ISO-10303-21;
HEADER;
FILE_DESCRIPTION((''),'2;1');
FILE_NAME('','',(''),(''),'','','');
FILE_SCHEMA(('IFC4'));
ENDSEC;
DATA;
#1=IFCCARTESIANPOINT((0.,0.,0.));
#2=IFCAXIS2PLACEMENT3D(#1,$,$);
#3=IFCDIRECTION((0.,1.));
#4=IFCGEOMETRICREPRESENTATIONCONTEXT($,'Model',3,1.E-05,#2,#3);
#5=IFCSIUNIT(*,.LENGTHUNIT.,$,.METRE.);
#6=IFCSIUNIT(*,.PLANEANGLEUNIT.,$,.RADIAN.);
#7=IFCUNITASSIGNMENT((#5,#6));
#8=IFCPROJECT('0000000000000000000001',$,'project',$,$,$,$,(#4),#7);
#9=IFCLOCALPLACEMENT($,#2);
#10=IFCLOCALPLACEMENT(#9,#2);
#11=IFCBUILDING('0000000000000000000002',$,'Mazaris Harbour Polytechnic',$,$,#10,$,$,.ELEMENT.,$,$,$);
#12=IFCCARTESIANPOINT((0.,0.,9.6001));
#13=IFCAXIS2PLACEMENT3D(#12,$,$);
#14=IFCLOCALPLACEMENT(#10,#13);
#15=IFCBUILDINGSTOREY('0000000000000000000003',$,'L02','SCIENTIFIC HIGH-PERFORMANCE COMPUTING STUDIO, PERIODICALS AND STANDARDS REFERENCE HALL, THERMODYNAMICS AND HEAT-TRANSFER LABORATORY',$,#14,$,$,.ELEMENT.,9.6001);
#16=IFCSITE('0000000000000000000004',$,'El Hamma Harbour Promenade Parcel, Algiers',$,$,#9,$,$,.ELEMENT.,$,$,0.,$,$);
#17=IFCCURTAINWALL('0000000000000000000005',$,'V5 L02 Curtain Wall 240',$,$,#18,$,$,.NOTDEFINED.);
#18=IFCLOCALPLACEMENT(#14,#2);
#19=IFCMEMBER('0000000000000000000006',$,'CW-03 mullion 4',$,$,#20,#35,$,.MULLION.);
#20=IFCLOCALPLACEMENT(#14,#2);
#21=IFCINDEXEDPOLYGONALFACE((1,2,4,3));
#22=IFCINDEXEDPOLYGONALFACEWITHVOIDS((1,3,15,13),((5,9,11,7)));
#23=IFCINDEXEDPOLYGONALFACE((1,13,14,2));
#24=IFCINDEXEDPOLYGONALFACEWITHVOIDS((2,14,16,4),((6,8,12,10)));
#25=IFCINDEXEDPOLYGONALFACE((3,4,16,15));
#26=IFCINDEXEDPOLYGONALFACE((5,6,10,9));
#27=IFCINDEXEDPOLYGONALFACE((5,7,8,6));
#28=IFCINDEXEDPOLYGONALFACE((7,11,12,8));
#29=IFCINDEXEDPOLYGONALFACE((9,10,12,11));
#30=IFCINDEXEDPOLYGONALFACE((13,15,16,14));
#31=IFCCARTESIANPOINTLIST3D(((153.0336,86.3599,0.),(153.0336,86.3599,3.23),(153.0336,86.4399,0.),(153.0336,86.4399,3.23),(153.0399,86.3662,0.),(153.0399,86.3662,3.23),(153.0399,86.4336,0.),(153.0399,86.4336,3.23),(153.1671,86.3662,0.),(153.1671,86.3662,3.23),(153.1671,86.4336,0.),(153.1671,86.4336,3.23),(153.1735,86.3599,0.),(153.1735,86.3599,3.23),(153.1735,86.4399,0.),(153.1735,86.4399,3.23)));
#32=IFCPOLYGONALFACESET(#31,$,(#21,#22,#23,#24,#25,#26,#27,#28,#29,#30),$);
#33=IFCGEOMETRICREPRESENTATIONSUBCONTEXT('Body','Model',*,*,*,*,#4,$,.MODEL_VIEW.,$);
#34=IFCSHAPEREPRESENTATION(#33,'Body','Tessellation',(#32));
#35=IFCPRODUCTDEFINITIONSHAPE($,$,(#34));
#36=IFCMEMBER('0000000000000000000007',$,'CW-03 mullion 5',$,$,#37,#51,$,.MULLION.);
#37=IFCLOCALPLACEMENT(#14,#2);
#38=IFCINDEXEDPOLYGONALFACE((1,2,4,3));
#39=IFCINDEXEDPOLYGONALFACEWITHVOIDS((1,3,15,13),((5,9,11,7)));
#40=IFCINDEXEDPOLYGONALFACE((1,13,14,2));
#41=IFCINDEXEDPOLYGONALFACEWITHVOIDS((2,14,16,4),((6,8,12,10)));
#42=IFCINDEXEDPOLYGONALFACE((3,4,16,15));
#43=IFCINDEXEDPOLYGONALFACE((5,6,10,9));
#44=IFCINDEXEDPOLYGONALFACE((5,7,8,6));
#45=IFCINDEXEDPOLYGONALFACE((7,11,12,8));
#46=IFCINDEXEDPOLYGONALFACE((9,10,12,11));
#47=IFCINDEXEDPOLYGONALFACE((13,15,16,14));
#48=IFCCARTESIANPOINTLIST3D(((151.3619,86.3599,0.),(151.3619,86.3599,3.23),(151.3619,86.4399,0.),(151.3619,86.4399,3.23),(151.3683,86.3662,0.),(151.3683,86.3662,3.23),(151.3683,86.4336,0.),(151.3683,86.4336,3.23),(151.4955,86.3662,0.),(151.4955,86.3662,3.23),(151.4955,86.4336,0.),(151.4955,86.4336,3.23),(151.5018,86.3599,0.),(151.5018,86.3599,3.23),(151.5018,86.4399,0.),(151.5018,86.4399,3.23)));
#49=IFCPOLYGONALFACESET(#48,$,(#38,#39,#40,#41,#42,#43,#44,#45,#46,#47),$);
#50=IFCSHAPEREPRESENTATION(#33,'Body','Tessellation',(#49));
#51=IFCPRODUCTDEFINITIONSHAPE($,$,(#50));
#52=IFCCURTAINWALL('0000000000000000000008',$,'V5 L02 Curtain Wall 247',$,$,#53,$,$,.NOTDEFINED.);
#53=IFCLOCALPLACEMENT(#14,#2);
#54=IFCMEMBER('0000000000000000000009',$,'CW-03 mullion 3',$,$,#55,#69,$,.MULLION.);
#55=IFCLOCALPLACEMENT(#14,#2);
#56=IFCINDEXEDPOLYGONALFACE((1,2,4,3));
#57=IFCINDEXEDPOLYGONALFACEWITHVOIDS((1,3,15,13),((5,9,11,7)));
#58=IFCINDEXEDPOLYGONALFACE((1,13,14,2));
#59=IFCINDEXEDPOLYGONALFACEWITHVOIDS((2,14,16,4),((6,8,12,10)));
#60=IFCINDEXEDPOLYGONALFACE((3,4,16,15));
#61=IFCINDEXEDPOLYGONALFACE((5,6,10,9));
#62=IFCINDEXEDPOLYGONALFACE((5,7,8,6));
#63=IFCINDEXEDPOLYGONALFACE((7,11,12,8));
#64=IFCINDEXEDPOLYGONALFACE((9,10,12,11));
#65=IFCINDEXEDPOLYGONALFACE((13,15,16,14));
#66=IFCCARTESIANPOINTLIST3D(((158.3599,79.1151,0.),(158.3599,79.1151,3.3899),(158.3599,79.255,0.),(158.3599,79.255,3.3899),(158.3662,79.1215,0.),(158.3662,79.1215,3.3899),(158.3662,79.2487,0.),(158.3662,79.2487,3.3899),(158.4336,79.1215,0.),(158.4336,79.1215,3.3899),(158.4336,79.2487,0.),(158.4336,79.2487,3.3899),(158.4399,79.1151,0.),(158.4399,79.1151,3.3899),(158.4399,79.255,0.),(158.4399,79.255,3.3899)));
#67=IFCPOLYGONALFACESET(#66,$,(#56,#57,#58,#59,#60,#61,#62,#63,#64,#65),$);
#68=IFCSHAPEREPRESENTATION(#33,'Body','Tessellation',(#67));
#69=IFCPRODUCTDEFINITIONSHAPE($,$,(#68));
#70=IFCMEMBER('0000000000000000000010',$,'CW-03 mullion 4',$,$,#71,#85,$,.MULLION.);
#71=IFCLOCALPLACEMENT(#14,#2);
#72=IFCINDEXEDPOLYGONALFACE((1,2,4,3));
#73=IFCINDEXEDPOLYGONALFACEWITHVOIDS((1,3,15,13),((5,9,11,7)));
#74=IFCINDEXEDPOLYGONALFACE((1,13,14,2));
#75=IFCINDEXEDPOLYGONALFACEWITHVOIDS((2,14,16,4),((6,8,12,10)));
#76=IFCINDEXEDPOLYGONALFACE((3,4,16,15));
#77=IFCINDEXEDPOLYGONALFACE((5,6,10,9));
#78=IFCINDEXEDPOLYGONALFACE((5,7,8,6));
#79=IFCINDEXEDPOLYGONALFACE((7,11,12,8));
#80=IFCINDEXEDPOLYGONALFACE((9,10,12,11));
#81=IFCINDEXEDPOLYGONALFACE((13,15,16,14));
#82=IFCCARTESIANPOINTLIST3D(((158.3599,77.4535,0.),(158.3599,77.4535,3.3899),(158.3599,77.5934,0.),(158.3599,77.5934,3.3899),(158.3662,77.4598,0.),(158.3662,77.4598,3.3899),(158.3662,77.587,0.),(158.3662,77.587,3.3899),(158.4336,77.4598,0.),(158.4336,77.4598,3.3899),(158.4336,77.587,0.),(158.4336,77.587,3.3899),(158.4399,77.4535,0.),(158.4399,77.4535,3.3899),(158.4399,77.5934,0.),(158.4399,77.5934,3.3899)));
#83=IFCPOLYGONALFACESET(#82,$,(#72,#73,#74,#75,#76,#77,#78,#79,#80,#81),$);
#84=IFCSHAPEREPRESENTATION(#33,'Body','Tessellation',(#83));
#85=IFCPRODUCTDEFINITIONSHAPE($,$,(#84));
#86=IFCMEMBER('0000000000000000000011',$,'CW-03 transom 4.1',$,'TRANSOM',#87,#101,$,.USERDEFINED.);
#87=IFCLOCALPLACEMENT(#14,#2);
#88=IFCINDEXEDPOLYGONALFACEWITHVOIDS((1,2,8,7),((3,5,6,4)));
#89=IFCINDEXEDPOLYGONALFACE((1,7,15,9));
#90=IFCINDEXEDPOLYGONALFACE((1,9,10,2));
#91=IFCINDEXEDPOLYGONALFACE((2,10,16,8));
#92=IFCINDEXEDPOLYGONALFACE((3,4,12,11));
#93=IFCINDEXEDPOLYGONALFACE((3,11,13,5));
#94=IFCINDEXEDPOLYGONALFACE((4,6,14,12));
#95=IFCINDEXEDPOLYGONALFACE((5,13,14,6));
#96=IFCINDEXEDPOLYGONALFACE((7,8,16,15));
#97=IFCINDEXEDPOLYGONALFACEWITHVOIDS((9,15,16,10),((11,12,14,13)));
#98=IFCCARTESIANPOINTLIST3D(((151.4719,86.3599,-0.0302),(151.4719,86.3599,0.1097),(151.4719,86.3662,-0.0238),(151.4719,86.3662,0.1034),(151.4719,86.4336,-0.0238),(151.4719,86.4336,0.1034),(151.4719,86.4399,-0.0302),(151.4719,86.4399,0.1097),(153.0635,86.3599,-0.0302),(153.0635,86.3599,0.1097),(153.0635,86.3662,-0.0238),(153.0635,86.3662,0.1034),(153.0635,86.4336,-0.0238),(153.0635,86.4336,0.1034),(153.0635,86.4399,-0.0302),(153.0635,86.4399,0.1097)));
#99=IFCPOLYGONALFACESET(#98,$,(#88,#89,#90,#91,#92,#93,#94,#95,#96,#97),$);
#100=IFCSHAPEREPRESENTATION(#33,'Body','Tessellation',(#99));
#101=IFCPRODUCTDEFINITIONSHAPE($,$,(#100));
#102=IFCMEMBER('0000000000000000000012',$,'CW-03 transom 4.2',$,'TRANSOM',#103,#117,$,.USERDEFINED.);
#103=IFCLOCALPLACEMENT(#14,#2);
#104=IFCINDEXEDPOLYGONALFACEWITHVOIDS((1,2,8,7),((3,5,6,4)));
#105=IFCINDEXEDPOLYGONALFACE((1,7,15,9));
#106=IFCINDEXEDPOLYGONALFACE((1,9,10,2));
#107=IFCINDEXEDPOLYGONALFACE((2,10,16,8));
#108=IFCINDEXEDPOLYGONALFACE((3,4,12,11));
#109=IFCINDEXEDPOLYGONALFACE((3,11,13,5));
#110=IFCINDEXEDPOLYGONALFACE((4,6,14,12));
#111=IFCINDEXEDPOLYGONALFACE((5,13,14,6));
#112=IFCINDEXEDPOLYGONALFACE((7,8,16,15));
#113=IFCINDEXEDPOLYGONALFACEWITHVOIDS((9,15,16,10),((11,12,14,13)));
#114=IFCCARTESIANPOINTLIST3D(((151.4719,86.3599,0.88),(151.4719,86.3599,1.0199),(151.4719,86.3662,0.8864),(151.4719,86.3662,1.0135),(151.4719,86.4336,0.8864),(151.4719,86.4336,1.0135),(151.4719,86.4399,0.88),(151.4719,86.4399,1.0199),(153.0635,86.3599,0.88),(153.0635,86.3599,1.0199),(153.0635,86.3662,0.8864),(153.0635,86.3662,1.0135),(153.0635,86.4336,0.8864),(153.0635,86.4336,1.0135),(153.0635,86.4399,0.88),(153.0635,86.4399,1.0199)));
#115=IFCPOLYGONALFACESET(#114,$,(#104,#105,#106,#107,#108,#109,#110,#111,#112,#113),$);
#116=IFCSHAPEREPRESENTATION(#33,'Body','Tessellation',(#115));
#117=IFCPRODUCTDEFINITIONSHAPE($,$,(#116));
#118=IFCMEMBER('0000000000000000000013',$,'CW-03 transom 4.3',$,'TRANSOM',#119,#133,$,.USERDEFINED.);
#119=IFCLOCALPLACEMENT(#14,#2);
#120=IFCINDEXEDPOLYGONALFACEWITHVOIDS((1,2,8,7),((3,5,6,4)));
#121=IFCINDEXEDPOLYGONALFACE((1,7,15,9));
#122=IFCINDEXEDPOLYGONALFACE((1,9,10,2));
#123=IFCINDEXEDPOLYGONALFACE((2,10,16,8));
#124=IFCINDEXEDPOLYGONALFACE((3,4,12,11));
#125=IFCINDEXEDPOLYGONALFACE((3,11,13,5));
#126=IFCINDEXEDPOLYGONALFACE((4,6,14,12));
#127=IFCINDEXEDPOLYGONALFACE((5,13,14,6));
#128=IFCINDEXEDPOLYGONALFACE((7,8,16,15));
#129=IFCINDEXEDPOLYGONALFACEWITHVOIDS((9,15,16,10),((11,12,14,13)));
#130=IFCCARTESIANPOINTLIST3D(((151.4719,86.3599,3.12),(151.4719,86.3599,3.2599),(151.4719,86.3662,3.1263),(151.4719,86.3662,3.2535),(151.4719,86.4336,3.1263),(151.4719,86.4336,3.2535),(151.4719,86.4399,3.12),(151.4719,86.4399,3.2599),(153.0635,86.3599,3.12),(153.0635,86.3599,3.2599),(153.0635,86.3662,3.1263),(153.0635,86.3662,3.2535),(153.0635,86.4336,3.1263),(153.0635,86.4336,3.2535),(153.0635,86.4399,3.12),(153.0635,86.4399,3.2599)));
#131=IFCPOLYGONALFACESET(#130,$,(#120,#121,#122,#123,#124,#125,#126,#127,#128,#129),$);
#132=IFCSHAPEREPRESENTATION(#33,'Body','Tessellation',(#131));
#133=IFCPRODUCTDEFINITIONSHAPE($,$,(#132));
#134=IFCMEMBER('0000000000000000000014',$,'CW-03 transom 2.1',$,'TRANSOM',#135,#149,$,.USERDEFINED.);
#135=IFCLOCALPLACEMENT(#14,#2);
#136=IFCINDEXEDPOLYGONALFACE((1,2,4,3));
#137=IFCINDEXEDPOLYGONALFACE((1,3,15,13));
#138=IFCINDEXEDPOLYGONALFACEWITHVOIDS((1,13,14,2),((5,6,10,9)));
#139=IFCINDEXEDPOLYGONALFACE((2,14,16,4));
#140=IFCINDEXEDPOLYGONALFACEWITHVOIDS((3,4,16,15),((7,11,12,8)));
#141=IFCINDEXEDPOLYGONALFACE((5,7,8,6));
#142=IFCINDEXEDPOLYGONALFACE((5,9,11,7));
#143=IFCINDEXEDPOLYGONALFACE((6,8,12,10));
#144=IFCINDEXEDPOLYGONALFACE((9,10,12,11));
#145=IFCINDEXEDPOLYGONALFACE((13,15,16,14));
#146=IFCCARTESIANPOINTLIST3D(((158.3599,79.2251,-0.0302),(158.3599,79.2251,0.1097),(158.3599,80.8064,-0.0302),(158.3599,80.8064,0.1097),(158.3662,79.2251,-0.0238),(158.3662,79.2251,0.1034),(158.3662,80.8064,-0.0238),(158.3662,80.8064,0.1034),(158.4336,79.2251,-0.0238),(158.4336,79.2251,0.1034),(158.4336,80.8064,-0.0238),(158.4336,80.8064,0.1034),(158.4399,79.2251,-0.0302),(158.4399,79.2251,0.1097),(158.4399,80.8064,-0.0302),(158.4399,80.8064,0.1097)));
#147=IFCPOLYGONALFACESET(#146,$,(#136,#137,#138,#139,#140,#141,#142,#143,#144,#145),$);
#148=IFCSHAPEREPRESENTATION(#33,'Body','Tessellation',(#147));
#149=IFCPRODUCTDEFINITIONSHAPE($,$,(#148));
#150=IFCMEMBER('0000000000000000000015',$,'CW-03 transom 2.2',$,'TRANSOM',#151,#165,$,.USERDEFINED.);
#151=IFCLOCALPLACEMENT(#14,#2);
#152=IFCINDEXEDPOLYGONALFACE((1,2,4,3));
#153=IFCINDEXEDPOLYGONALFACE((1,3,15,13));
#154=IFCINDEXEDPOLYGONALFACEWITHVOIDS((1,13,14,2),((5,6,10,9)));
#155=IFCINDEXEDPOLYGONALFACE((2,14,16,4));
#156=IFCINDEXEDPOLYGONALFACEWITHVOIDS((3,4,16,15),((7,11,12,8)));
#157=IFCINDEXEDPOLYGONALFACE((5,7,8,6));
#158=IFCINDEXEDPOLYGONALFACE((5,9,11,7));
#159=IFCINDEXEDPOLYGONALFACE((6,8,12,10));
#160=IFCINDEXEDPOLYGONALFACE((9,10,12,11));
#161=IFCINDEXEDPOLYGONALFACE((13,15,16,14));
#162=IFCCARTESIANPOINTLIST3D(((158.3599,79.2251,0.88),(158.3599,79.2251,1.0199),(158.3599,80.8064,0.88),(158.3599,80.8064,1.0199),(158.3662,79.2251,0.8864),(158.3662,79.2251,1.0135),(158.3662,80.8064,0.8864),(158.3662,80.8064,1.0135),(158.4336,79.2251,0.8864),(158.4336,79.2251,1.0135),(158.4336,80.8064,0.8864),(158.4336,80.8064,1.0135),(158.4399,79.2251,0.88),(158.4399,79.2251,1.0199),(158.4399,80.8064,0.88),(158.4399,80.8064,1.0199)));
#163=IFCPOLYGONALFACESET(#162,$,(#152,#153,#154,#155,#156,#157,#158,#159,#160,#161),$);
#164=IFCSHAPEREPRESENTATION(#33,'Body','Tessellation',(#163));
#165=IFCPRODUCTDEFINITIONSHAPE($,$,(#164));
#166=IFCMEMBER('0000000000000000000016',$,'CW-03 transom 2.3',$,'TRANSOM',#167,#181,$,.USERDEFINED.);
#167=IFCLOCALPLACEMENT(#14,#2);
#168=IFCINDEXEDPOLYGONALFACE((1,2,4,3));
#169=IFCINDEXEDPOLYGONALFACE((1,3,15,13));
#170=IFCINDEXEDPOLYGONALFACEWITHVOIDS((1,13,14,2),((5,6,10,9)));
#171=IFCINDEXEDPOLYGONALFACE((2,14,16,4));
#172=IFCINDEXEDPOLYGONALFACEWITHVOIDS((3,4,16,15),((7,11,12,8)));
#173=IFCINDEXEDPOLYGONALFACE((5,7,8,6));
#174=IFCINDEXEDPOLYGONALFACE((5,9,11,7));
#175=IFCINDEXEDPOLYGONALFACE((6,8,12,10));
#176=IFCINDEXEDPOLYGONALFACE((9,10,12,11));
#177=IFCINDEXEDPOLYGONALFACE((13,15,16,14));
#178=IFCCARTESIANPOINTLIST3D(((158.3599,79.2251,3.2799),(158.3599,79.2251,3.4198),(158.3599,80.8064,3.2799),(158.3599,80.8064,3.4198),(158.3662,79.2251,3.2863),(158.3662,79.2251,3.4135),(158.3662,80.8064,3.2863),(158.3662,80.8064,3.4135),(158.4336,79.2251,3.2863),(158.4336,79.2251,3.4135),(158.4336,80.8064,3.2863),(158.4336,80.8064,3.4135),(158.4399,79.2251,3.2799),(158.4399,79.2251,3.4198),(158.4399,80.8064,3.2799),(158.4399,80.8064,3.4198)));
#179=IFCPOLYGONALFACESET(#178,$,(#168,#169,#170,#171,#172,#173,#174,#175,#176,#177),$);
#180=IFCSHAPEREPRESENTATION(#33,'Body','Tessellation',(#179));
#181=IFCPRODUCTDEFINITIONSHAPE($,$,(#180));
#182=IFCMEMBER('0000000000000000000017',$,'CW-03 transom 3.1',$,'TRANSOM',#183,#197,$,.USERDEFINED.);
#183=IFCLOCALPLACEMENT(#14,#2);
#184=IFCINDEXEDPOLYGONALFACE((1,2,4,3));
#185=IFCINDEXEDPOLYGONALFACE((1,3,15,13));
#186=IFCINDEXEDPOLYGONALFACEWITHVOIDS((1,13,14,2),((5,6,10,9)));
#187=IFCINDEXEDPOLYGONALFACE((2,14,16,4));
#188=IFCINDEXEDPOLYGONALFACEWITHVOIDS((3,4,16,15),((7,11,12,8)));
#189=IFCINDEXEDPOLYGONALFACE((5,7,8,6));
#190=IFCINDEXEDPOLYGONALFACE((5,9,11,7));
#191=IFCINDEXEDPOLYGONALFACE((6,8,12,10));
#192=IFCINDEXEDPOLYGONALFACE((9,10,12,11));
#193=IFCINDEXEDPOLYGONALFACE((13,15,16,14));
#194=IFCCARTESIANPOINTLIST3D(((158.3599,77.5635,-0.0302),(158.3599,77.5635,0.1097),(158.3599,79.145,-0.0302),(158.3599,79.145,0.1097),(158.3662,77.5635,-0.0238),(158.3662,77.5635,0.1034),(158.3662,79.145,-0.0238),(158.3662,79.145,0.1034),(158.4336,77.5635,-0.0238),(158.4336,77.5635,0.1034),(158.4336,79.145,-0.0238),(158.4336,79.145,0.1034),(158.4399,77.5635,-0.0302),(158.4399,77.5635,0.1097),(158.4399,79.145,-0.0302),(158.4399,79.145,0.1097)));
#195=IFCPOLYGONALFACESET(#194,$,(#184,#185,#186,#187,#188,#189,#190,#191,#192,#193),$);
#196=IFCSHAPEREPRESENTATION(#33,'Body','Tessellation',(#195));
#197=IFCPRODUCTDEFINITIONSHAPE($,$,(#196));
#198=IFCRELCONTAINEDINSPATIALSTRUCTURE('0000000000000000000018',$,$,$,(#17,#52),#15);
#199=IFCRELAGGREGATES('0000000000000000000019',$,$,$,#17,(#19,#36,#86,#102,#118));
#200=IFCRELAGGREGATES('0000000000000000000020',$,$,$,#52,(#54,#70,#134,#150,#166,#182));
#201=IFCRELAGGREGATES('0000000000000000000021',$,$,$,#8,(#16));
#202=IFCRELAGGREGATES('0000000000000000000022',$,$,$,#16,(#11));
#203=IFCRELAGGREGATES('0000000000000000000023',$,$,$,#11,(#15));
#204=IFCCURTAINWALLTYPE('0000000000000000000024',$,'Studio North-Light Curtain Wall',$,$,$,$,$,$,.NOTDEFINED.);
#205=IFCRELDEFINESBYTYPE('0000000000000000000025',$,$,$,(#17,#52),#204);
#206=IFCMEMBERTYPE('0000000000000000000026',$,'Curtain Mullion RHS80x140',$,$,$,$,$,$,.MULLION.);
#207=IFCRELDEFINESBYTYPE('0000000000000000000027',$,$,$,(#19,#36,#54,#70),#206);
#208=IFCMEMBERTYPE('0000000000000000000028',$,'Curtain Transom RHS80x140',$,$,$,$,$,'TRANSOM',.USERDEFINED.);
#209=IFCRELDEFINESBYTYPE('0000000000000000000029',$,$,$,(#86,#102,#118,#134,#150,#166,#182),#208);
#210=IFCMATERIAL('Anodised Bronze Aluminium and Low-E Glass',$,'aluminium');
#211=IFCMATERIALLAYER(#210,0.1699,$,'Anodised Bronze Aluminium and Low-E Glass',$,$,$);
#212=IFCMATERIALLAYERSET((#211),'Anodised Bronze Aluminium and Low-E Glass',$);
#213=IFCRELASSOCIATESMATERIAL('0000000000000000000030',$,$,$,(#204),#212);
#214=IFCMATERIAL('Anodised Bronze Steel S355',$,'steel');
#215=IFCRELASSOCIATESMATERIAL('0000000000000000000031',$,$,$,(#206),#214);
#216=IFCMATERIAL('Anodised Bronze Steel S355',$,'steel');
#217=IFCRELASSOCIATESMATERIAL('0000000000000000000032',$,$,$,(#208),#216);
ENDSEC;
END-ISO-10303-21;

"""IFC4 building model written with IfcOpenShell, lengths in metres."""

from ifc_helpers import new_model, si_unit, direction, frame, origin, origin_2d, place, context, subcontext, project, spatial, hollow_rectangle, extrude, material, layer, layer_set, material_profile, profile_set, type_object, element, aggregate, save


model = new_model("IFC4")

# Units and contexts
model_context = context("Model", 3, precision=1e-05, world=origin(), true_north=direction((0.0, 1.0)))
body_context = subcontext(model_context, "Body", "Model", "MODEL_VIEW")
ifc_project = project(units=[si_unit("LENGTHUNIT", "METRE"), si_unit("PLANEANGLEUNIT", "RADIAN")], contexts=[model_context])

# Site, building, storey
site_placement = place(None, origin())
site = spatial("IfcSite", under=ifc_project, at=site_placement, Name="El Hamma Harbour Promenade Parcel, Algiers", CompositionType="ELEMENT", RefElevation=0.0)
building_placement = place(site_placement, origin())
building = spatial("IfcBuilding", under=site, at=building_placement, Name="Mazaris Harbour Polytechnic", CompositionType="ELEMENT")
storey_placement = place(building_placement, frame((0.0, 0.0, 9.6001)))
storey = spatial("IfcBuildingStorey", under=building, at=storey_placement, Name="L02", Description="SCIENTIFIC HIGH-PERFORMANCE COMPUTING STUDIO, PERIODICALS AND STANDARDS REFERENCE HALL, THERMODYNAMICS AND HEAT-TRANSFER LABORATORY", CompositionType="ELEMENT", Elevation=9.6001)

# Curtain walls, members
ifc_material_1 = material(Name="Anodised Bronze Aluminium and Low-E Glass", Category="aluminium")
ifc_layer_1 = layer(ifc_material_1, 0.1699, Name="Anodised Bronze Aluminium and Low-E Glass")
ifc_layer_set_1 = layer_set([ifc_layer_1], Name="Anodised Bronze Aluminium and Low-E Glass")
curtain_wall_type = type_object("IfcCurtainWallType", Name="Studio North-Light Curtain Wall", PredefinedType="NOTDEFINED", material=ifc_layer_set_1)
curtain_wall_1_placement = place(storey_placement, origin())
curtain_wall_1 = element("IfcCurtainWall", 1, at=curtain_wall_1_placement, inside=storey, type_object=curtain_wall_type, Name="V5 L02 Curtain Wall 240", PredefinedType="NOTDEFINED")
ifc_material_2 = material(Name="Anodised Bronze Steel S355", Category="steel")
ifc_material_profile_1 = material_profile(ifc_material_2, hollow_rectangle(XDim=0.0801, YDim=0.1399, WallThickness=0.0063, at=origin_2d()), Name="RHS 80x140x6.3")
ifc_profile_set_1 = profile_set([ifc_material_profile_1], Name="Anodised Bronze Steel S355")
member_type_1 = type_object("IfcMemberType", Name="Curtain Mullion RHS80x140", PredefinedType="MULLION", material=ifc_profile_set_1)
member_1_placement = place(storey_placement, frame((153.1035, 86.3999, 0.0), z_axis=(0.0, 0.0, 1.0), x_axis=(0.0, -1.0, 0.0)))
member_1 = element("IfcMember", 2, at=member_1_placement, type_object=member_type_1, Name="CW-03 mullion 4", PredefinedType="MULLION", context=body_context, shape_type="SweptSolid", body=[
    extrude(hollow_rectangle(XDim=0.0801, YDim=0.1399, WallThickness=0.0063, at=origin_2d()), origin(), (0.0, 0.0, 1.0), 3.23),
])
member_2_placement = place(storey_placement, frame((151.4319, 86.3999, 0.0), z_axis=(0.0, 0.0, 1.0), x_axis=(0.0, -1.0, 0.0)))
member_2 = element("IfcMember", 3, at=member_2_placement, type_object=member_type_1, Name="CW-03 mullion 5", PredefinedType="MULLION", context=body_context, shape_type="SweptSolid", body=[
    extrude(hollow_rectangle(XDim=0.0801, YDim=0.1399, WallThickness=0.0063, at=origin_2d()), origin(), (0.0, 0.0, 1.0), 3.23),
])
curtain_wall_2_placement = place(storey_placement, origin())
curtain_wall_2 = element("IfcCurtainWall", 4, at=curtain_wall_2_placement, inside=storey, type_object=curtain_wall_type, Name="V5 L02 Curtain Wall 247", PredefinedType="NOTDEFINED")
member_3_placement = place(storey_placement, frame((158.3999, 79.1851, 0.0), z_axis=(0.0, 0.0, 1.0), x_axis=(1.0, 0.0, 0.0)))
member_3 = element("IfcMember", 5, at=member_3_placement, type_object=member_type_1, Name="CW-03 mullion 3", PredefinedType="MULLION", context=body_context, shape_type="SweptSolid", body=[
    extrude(hollow_rectangle(XDim=0.0801, YDim=0.1399, WallThickness=0.0063, at=origin_2d()), origin(), (0.0, 0.0, 1.0), 3.3899),
])
member_4_placement = place(storey_placement, frame((158.3999, 77.5234, 0.0), z_axis=(0.0, 0.0, 1.0), x_axis=(1.0, 0.0, 0.0)))
member_4 = element("IfcMember", 6, at=member_4_placement, type_object=member_type_1, Name="CW-03 mullion 4", PredefinedType="MULLION", context=body_context, shape_type="SweptSolid", body=[
    extrude(hollow_rectangle(XDim=0.0801, YDim=0.1399, WallThickness=0.0063, at=origin_2d()), origin(), (0.0, 0.0, 1.0), 3.3899),
])

# Members
ifc_material_3 = material(Name="Anodised Bronze Steel S355", Category="steel")
ifc_material_profile_2 = material_profile(ifc_material_3, hollow_rectangle(XDim=0.0801, YDim=0.1399, WallThickness=0.0063, at=origin_2d()), Name="RHS 80x140x6.3")
ifc_profile_set_2 = profile_set([ifc_material_profile_2], Name="Anodised Bronze Steel S355")
member_type_2 = type_object("IfcMemberType", Name="Curtain Transom RHS80x140", ElementType="TRANSOM", PredefinedType="USERDEFINED", material=ifc_profile_set_2)
member_5_placement = place(storey_placement, frame((153.0635, 86.3999, 0.0398), z_axis=(-1.0, 0.0, 0.0), x_axis=(0.0, -1.0, 0.0)))
member_5 = element("IfcMember", 7, at=member_5_placement, type_object=member_type_2, Name="CW-03 transom 4.1", ObjectType="TRANSOM", PredefinedType="USERDEFINED", context=body_context, shape_type="SweptSolid", body=[
    extrude(hollow_rectangle(XDim=0.0801, YDim=0.1399, WallThickness=0.0063, at=origin_2d()), origin(), (0.0, 0.0, 1.0), 1.5916),
])
member_6_placement = place(storey_placement, frame((153.0635, 86.3999, 0.95), z_axis=(-1.0, 0.0, 0.0), x_axis=(0.0, -1.0, 0.0)))
member_6 = element("IfcMember", 8, at=member_6_placement, type_object=member_type_2, Name="CW-03 transom 4.2", ObjectType="TRANSOM", PredefinedType="USERDEFINED", context=body_context, shape_type="SweptSolid", body=[
    extrude(hollow_rectangle(XDim=0.0801, YDim=0.1399, WallThickness=0.0063, at=origin_2d()), origin(), (0.0, 0.0, 1.0), 1.5916),
])
member_7_placement = place(storey_placement, frame((153.0635, 86.3999, 3.1899), z_axis=(-1.0, 0.0, 0.0), x_axis=(0.0, -1.0, 0.0)))
member_7 = element("IfcMember", 9, at=member_7_placement, type_object=member_type_2, Name="CW-03 transom 4.3", ObjectType="TRANSOM", PredefinedType="USERDEFINED", context=body_context, shape_type="SweptSolid", body=[
    extrude(hollow_rectangle(XDim=0.0801, YDim=0.1399, WallThickness=0.0063, at=origin_2d()), origin(), (0.0, 0.0, 1.0), 1.5916),
])
member_8_placement = place(storey_placement, frame((158.3999, 80.8064, 0.0398), z_axis=(0.0, -1.0, 0.0), x_axis=(1.0, 0.0, 0.0)))
member_8 = element("IfcMember", 10, at=member_8_placement, type_object=member_type_2, Name="CW-03 transom 2.1", ObjectType="TRANSOM", PredefinedType="USERDEFINED", context=body_context, shape_type="SweptSolid", body=[
    extrude(hollow_rectangle(XDim=0.0801, YDim=0.1399, WallThickness=0.0063, at=origin_2d()), origin(), (0.0, 0.0, 1.0), 1.5813),
])
member_9_placement = place(storey_placement, frame((158.3999, 80.8064, 0.95), z_axis=(0.0, -1.0, 0.0), x_axis=(1.0, 0.0, 0.0)))
member_9 = element("IfcMember", 11, at=member_9_placement, type_object=member_type_2, Name="CW-03 transom 2.2", ObjectType="TRANSOM", PredefinedType="USERDEFINED", context=body_context, shape_type="SweptSolid", body=[
    extrude(hollow_rectangle(XDim=0.0801, YDim=0.1399, WallThickness=0.0063, at=origin_2d()), origin(), (0.0, 0.0, 1.0), 1.5813),
])
member_10_placement = place(storey_placement, frame((158.3999, 80.8064, 3.3499), z_axis=(0.0, -1.0, 0.0), x_axis=(1.0, 0.0, 0.0)))
member_10 = element("IfcMember", 12, at=member_10_placement, type_object=member_type_2, Name="CW-03 transom 2.3", ObjectType="TRANSOM", PredefinedType="USERDEFINED", context=body_context, shape_type="SweptSolid", body=[
    extrude(hollow_rectangle(XDim=0.0801, YDim=0.1399, WallThickness=0.0063, at=origin_2d()), origin(), (0.0, 0.0, 1.0), 1.5813),
])
member_11_placement = place(storey_placement, frame((158.3999, 79.145, 0.0398), z_axis=(0.0, -1.0, 0.0), x_axis=(1.0, 0.0, 0.0)))
member_11 = element("IfcMember", 13, at=member_11_placement, type_object=member_type_2, Name="CW-03 transom 3.1", ObjectType="TRANSOM", PredefinedType="USERDEFINED", context=body_context, shape_type="SweptSolid", body=[
    extrude(hollow_rectangle(XDim=0.0801, YDim=0.1399, WallThickness=0.0063, at=origin_2d()), origin(), (0.0, 0.0, 1.0), 1.5815),
])

aggregate(curtain_wall_1, [member_1, member_2, member_5, member_6, member_7])
aggregate(curtain_wall_2, [member_3, member_4, member_8, member_9, member_10, member_11])

save(model, "model.ifc")
